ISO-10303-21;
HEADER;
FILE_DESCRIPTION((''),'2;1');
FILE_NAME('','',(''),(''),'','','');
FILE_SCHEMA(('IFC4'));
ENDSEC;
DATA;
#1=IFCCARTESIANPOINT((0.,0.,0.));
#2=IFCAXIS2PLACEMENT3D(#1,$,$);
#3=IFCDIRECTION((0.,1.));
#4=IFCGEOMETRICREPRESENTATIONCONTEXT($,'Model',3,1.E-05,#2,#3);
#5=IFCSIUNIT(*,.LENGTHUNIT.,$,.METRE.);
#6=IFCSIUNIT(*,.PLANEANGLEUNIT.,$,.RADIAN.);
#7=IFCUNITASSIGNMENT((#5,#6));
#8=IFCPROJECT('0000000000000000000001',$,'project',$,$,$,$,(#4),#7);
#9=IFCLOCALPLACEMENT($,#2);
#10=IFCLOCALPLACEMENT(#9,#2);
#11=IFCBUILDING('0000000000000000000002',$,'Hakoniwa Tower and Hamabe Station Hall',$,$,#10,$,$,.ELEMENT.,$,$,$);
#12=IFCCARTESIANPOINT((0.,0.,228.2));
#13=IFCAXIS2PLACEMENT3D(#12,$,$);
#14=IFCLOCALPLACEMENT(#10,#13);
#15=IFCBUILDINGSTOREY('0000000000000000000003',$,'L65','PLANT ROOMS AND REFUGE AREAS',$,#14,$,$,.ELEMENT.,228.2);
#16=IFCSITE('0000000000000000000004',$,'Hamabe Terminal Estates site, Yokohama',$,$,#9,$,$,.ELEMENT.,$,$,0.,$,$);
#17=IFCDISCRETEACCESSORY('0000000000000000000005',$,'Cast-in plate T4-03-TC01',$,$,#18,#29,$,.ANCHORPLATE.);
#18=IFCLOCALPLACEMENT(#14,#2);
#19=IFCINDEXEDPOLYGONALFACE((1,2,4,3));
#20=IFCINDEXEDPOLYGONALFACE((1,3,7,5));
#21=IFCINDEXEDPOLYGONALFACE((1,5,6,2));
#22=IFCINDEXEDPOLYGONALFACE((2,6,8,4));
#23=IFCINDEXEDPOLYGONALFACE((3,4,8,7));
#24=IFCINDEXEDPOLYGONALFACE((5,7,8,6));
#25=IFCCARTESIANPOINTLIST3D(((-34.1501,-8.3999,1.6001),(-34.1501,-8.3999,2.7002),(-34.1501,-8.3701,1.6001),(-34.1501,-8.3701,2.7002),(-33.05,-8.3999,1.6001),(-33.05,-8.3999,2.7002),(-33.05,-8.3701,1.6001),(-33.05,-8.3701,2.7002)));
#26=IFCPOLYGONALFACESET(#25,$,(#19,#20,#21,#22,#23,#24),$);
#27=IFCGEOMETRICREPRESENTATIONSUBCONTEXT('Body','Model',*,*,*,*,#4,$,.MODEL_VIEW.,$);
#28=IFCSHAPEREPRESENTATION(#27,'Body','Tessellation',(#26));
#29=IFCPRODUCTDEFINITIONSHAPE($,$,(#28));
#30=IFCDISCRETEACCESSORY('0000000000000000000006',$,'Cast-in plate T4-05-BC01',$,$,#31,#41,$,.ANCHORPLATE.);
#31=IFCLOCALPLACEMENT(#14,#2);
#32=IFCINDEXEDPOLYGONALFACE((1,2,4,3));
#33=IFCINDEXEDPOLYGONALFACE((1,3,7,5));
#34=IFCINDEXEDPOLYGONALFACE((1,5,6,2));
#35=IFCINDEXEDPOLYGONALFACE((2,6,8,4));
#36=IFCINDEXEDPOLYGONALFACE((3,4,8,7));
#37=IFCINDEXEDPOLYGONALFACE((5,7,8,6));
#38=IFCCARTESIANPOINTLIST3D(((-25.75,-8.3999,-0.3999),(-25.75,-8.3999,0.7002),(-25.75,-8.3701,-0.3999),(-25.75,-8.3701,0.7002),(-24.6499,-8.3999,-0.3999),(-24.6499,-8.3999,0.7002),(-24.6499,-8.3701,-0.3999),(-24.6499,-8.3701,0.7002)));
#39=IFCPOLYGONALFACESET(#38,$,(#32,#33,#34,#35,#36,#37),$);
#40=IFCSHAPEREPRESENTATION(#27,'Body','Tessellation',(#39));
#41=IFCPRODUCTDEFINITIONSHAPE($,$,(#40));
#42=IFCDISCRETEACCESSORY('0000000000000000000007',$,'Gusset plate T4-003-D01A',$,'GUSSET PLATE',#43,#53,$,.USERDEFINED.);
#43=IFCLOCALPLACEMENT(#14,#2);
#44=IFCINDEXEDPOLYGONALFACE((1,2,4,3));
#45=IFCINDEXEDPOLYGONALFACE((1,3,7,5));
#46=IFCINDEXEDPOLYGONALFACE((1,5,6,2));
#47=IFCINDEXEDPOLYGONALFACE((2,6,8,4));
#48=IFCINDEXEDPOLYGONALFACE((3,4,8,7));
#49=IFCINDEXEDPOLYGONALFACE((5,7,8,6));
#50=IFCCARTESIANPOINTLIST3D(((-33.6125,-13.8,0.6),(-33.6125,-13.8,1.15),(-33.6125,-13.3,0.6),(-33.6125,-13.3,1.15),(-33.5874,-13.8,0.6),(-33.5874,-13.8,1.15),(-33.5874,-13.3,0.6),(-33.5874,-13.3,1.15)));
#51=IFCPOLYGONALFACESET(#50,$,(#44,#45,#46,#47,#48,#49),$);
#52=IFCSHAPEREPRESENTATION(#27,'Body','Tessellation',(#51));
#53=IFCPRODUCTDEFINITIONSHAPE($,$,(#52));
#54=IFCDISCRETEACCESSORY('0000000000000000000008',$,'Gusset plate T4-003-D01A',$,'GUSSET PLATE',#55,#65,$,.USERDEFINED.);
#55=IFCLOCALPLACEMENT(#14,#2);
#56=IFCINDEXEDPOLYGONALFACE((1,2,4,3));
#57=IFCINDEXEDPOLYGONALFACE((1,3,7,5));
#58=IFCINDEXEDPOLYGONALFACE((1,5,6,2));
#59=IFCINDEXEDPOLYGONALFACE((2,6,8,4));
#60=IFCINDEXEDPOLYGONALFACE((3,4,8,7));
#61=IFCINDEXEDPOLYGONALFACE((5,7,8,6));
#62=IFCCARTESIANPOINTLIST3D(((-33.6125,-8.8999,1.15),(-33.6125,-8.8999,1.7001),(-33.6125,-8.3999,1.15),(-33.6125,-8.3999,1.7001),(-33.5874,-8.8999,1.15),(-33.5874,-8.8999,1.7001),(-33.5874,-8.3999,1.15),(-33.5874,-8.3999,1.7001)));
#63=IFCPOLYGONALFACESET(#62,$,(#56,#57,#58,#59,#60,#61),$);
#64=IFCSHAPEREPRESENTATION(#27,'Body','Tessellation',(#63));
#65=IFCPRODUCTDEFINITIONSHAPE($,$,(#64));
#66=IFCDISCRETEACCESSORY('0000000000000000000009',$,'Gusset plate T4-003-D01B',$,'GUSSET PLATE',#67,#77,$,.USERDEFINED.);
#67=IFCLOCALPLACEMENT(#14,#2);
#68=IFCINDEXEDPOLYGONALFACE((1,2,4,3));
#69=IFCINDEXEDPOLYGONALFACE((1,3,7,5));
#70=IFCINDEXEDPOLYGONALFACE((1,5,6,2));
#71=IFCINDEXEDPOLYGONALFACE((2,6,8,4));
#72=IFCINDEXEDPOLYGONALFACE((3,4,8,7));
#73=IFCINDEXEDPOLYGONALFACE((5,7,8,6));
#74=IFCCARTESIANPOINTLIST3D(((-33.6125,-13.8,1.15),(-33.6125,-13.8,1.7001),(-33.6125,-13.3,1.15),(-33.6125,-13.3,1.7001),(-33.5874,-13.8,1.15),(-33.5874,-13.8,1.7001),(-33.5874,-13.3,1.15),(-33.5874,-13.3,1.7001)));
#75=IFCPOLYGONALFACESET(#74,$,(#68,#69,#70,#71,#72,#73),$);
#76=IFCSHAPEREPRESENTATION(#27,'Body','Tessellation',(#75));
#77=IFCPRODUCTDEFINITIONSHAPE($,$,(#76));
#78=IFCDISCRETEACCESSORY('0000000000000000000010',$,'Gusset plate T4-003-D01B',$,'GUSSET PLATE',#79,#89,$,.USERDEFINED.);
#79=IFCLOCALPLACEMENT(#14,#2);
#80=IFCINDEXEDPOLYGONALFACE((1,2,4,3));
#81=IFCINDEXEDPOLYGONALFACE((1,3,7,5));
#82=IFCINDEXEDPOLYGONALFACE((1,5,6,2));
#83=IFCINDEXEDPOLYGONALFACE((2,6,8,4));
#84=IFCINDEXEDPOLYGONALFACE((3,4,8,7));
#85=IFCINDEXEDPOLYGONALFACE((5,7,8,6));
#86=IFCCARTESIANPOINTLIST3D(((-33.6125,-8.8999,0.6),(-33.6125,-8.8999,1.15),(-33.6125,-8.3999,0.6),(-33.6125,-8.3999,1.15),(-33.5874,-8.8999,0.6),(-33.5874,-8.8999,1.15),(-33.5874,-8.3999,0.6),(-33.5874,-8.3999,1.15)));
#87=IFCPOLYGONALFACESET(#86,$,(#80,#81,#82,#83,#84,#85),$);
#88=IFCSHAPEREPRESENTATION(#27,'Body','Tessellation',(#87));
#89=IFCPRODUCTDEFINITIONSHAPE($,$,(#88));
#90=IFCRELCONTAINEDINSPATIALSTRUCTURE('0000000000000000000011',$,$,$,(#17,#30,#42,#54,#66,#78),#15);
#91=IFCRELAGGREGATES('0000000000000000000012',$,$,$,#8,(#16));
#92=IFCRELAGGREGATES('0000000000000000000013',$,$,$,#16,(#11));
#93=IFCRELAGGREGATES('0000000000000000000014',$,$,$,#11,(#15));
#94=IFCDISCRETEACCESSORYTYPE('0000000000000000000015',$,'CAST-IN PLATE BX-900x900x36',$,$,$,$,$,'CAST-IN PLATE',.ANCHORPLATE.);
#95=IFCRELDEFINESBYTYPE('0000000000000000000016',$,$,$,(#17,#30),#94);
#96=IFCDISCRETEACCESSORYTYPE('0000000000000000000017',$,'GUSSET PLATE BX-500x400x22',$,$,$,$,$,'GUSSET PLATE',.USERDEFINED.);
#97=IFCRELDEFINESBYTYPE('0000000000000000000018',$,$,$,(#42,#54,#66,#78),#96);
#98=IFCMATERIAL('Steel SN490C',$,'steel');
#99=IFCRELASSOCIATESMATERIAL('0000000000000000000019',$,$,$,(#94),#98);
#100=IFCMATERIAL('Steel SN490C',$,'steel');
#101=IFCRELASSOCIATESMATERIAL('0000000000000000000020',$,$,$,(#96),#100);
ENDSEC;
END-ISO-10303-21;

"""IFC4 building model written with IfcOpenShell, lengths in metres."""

from ifc_helpers import new_model, si_unit, direction, frame, origin, origin_2d, place, context, subcontext, project, spatial, rectangle, extrude, material, material_profile, profile_set, type_object, element, save


model = new_model("IFC4")

# Units and contexts
model_context = context("Model", 3, precision=1e-05, world=origin(), true_north=direction((0.0, 1.0)))
body_context = subcontext(model_context, "Body", "Model", "MODEL_VIEW")
ifc_project = project(units=[si_unit("LENGTHUNIT", "METRE"), si_unit("PLANEANGLEUNIT", "RADIAN")], contexts=[model_context])

# Site, building, storey
site_placement = place(None, origin())
site = spatial("IfcSite", under=ifc_project, at=site_placement, Name="Hamabe Terminal Estates site, Yokohama", CompositionType="ELEMENT", RefElevation=0.0)
building_placement = place(site_placement, origin())
building = spatial("IfcBuilding", under=site, at=building_placement, Name="Hakoniwa Tower and Hamabe Station Hall", CompositionType="ELEMENT")
storey_placement = place(building_placement, frame((0.0, 0.0, 228.2)))
storey = spatial("IfcBuildingStorey", under=building, at=storey_placement, Name="L65", Description="PLANT ROOMS AND REFUGE AREAS", CompositionType="ELEMENT", Elevation=228.2)

# Discrete accessories
ifc_material_1 = material(Name="Steel SN490C", Category="steel")
ifc_material_profile_1 = material_profile(ifc_material_1, rectangle(XDim=1.1001, YDim=1.1001, at=origin_2d()), Name="CAST-IN PLATE BX-900x900x36")
ifc_profile_set_1 = profile_set([ifc_material_profile_1], Name="Steel SN490C")
discrete_accessory_type_1 = type_object("IfcDiscreteAccessoryType", Name="CAST-IN PLATE BX-900x900x36", ElementType="CAST-IN PLATE", PredefinedType="ANCHORPLATE", material=ifc_profile_set_1)
for number, where, z_axis, x_axis, name in (
    (1, (-33.6001, -8.3701, 2.1501), (0.0, -1.0, 0.0), (1.0, 0.0, 0.0), "Cast-in plate T4-03-TC01"),
    (2, (-25.2, -8.3701, 0.1501), (0.0, -1.0, 0.0), (1.0, 0.0, 0.0), "Cast-in plate T4-05-BC01"),
):
    element("IfcDiscreteAccessory", number, at=place(storey_placement, frame(where, z_axis=z_axis, x_axis=x_axis)), inside=storey, type_object=discrete_accessory_type_1, Name=name, PredefinedType="ANCHORPLATE", context=body_context, shape_type="SweptSolid", body=[
        extrude(rectangle(XDim=1.1001, YDim=1.1001, at=origin_2d()), origin(), (0.0, 0.0, 1.0), 0.0298),
    ])
ifc_material_2 = material(Name="Steel SN490C", Category="steel")
ifc_material_profile_2 = material_profile(ifc_material_2, rectangle(XDim=0.5, YDim=0.55, at=origin_2d()), Name="GUSSET PLATE BX-500x400x22")
ifc_profile_set_2 = profile_set([ifc_material_profile_2], Name="Steel SN490C")
discrete_accessory_type_2 = type_object("IfcDiscreteAccessoryType", Name="GUSSET PLATE BX-500x400x22", ElementType="GUSSET PLATE", PredefinedType="USERDEFINED", material=ifc_profile_set_2)
for number, where, z_axis, x_axis, name in (
    (3, (-33.5874, -13.55, 0.875), (-1.0, 0.0, 0.0), (0.0, -1.0, 0.0), "Gusset plate T4-003-D01A"),
    (4, (-33.5874, -8.6499, 1.425), (-1.0, 0.0, 0.0), (0.0, -1.0, 0.0), "Gusset plate T4-003-D01A"),
    (5, (-33.5874, -13.55, 1.425), (-1.0, 0.0, 0.0), (0.0, -1.0, 0.0), "Gusset plate T4-003-D01B"),
    (6, (-33.5874, -8.6499, 0.875), (-1.0, 0.0, 0.0), (0.0, -1.0, 0.0), "Gusset plate T4-003-D01B"),
):
    element("IfcDiscreteAccessory", number, at=place(storey_placement, frame(where, z_axis=z_axis, x_axis=x_axis)), inside=storey, type_object=discrete_accessory_type_2, Name=name, ObjectType="GUSSET PLATE", PredefinedType="USERDEFINED", context=body_context, shape_type="SweptSolid", body=[
        extrude(rectangle(XDim=0.5, YDim=0.55, at=origin_2d()), origin(), (0.0, 0.0, 1.0), 0.0251),
    ])

save(model, "model.ifc")
